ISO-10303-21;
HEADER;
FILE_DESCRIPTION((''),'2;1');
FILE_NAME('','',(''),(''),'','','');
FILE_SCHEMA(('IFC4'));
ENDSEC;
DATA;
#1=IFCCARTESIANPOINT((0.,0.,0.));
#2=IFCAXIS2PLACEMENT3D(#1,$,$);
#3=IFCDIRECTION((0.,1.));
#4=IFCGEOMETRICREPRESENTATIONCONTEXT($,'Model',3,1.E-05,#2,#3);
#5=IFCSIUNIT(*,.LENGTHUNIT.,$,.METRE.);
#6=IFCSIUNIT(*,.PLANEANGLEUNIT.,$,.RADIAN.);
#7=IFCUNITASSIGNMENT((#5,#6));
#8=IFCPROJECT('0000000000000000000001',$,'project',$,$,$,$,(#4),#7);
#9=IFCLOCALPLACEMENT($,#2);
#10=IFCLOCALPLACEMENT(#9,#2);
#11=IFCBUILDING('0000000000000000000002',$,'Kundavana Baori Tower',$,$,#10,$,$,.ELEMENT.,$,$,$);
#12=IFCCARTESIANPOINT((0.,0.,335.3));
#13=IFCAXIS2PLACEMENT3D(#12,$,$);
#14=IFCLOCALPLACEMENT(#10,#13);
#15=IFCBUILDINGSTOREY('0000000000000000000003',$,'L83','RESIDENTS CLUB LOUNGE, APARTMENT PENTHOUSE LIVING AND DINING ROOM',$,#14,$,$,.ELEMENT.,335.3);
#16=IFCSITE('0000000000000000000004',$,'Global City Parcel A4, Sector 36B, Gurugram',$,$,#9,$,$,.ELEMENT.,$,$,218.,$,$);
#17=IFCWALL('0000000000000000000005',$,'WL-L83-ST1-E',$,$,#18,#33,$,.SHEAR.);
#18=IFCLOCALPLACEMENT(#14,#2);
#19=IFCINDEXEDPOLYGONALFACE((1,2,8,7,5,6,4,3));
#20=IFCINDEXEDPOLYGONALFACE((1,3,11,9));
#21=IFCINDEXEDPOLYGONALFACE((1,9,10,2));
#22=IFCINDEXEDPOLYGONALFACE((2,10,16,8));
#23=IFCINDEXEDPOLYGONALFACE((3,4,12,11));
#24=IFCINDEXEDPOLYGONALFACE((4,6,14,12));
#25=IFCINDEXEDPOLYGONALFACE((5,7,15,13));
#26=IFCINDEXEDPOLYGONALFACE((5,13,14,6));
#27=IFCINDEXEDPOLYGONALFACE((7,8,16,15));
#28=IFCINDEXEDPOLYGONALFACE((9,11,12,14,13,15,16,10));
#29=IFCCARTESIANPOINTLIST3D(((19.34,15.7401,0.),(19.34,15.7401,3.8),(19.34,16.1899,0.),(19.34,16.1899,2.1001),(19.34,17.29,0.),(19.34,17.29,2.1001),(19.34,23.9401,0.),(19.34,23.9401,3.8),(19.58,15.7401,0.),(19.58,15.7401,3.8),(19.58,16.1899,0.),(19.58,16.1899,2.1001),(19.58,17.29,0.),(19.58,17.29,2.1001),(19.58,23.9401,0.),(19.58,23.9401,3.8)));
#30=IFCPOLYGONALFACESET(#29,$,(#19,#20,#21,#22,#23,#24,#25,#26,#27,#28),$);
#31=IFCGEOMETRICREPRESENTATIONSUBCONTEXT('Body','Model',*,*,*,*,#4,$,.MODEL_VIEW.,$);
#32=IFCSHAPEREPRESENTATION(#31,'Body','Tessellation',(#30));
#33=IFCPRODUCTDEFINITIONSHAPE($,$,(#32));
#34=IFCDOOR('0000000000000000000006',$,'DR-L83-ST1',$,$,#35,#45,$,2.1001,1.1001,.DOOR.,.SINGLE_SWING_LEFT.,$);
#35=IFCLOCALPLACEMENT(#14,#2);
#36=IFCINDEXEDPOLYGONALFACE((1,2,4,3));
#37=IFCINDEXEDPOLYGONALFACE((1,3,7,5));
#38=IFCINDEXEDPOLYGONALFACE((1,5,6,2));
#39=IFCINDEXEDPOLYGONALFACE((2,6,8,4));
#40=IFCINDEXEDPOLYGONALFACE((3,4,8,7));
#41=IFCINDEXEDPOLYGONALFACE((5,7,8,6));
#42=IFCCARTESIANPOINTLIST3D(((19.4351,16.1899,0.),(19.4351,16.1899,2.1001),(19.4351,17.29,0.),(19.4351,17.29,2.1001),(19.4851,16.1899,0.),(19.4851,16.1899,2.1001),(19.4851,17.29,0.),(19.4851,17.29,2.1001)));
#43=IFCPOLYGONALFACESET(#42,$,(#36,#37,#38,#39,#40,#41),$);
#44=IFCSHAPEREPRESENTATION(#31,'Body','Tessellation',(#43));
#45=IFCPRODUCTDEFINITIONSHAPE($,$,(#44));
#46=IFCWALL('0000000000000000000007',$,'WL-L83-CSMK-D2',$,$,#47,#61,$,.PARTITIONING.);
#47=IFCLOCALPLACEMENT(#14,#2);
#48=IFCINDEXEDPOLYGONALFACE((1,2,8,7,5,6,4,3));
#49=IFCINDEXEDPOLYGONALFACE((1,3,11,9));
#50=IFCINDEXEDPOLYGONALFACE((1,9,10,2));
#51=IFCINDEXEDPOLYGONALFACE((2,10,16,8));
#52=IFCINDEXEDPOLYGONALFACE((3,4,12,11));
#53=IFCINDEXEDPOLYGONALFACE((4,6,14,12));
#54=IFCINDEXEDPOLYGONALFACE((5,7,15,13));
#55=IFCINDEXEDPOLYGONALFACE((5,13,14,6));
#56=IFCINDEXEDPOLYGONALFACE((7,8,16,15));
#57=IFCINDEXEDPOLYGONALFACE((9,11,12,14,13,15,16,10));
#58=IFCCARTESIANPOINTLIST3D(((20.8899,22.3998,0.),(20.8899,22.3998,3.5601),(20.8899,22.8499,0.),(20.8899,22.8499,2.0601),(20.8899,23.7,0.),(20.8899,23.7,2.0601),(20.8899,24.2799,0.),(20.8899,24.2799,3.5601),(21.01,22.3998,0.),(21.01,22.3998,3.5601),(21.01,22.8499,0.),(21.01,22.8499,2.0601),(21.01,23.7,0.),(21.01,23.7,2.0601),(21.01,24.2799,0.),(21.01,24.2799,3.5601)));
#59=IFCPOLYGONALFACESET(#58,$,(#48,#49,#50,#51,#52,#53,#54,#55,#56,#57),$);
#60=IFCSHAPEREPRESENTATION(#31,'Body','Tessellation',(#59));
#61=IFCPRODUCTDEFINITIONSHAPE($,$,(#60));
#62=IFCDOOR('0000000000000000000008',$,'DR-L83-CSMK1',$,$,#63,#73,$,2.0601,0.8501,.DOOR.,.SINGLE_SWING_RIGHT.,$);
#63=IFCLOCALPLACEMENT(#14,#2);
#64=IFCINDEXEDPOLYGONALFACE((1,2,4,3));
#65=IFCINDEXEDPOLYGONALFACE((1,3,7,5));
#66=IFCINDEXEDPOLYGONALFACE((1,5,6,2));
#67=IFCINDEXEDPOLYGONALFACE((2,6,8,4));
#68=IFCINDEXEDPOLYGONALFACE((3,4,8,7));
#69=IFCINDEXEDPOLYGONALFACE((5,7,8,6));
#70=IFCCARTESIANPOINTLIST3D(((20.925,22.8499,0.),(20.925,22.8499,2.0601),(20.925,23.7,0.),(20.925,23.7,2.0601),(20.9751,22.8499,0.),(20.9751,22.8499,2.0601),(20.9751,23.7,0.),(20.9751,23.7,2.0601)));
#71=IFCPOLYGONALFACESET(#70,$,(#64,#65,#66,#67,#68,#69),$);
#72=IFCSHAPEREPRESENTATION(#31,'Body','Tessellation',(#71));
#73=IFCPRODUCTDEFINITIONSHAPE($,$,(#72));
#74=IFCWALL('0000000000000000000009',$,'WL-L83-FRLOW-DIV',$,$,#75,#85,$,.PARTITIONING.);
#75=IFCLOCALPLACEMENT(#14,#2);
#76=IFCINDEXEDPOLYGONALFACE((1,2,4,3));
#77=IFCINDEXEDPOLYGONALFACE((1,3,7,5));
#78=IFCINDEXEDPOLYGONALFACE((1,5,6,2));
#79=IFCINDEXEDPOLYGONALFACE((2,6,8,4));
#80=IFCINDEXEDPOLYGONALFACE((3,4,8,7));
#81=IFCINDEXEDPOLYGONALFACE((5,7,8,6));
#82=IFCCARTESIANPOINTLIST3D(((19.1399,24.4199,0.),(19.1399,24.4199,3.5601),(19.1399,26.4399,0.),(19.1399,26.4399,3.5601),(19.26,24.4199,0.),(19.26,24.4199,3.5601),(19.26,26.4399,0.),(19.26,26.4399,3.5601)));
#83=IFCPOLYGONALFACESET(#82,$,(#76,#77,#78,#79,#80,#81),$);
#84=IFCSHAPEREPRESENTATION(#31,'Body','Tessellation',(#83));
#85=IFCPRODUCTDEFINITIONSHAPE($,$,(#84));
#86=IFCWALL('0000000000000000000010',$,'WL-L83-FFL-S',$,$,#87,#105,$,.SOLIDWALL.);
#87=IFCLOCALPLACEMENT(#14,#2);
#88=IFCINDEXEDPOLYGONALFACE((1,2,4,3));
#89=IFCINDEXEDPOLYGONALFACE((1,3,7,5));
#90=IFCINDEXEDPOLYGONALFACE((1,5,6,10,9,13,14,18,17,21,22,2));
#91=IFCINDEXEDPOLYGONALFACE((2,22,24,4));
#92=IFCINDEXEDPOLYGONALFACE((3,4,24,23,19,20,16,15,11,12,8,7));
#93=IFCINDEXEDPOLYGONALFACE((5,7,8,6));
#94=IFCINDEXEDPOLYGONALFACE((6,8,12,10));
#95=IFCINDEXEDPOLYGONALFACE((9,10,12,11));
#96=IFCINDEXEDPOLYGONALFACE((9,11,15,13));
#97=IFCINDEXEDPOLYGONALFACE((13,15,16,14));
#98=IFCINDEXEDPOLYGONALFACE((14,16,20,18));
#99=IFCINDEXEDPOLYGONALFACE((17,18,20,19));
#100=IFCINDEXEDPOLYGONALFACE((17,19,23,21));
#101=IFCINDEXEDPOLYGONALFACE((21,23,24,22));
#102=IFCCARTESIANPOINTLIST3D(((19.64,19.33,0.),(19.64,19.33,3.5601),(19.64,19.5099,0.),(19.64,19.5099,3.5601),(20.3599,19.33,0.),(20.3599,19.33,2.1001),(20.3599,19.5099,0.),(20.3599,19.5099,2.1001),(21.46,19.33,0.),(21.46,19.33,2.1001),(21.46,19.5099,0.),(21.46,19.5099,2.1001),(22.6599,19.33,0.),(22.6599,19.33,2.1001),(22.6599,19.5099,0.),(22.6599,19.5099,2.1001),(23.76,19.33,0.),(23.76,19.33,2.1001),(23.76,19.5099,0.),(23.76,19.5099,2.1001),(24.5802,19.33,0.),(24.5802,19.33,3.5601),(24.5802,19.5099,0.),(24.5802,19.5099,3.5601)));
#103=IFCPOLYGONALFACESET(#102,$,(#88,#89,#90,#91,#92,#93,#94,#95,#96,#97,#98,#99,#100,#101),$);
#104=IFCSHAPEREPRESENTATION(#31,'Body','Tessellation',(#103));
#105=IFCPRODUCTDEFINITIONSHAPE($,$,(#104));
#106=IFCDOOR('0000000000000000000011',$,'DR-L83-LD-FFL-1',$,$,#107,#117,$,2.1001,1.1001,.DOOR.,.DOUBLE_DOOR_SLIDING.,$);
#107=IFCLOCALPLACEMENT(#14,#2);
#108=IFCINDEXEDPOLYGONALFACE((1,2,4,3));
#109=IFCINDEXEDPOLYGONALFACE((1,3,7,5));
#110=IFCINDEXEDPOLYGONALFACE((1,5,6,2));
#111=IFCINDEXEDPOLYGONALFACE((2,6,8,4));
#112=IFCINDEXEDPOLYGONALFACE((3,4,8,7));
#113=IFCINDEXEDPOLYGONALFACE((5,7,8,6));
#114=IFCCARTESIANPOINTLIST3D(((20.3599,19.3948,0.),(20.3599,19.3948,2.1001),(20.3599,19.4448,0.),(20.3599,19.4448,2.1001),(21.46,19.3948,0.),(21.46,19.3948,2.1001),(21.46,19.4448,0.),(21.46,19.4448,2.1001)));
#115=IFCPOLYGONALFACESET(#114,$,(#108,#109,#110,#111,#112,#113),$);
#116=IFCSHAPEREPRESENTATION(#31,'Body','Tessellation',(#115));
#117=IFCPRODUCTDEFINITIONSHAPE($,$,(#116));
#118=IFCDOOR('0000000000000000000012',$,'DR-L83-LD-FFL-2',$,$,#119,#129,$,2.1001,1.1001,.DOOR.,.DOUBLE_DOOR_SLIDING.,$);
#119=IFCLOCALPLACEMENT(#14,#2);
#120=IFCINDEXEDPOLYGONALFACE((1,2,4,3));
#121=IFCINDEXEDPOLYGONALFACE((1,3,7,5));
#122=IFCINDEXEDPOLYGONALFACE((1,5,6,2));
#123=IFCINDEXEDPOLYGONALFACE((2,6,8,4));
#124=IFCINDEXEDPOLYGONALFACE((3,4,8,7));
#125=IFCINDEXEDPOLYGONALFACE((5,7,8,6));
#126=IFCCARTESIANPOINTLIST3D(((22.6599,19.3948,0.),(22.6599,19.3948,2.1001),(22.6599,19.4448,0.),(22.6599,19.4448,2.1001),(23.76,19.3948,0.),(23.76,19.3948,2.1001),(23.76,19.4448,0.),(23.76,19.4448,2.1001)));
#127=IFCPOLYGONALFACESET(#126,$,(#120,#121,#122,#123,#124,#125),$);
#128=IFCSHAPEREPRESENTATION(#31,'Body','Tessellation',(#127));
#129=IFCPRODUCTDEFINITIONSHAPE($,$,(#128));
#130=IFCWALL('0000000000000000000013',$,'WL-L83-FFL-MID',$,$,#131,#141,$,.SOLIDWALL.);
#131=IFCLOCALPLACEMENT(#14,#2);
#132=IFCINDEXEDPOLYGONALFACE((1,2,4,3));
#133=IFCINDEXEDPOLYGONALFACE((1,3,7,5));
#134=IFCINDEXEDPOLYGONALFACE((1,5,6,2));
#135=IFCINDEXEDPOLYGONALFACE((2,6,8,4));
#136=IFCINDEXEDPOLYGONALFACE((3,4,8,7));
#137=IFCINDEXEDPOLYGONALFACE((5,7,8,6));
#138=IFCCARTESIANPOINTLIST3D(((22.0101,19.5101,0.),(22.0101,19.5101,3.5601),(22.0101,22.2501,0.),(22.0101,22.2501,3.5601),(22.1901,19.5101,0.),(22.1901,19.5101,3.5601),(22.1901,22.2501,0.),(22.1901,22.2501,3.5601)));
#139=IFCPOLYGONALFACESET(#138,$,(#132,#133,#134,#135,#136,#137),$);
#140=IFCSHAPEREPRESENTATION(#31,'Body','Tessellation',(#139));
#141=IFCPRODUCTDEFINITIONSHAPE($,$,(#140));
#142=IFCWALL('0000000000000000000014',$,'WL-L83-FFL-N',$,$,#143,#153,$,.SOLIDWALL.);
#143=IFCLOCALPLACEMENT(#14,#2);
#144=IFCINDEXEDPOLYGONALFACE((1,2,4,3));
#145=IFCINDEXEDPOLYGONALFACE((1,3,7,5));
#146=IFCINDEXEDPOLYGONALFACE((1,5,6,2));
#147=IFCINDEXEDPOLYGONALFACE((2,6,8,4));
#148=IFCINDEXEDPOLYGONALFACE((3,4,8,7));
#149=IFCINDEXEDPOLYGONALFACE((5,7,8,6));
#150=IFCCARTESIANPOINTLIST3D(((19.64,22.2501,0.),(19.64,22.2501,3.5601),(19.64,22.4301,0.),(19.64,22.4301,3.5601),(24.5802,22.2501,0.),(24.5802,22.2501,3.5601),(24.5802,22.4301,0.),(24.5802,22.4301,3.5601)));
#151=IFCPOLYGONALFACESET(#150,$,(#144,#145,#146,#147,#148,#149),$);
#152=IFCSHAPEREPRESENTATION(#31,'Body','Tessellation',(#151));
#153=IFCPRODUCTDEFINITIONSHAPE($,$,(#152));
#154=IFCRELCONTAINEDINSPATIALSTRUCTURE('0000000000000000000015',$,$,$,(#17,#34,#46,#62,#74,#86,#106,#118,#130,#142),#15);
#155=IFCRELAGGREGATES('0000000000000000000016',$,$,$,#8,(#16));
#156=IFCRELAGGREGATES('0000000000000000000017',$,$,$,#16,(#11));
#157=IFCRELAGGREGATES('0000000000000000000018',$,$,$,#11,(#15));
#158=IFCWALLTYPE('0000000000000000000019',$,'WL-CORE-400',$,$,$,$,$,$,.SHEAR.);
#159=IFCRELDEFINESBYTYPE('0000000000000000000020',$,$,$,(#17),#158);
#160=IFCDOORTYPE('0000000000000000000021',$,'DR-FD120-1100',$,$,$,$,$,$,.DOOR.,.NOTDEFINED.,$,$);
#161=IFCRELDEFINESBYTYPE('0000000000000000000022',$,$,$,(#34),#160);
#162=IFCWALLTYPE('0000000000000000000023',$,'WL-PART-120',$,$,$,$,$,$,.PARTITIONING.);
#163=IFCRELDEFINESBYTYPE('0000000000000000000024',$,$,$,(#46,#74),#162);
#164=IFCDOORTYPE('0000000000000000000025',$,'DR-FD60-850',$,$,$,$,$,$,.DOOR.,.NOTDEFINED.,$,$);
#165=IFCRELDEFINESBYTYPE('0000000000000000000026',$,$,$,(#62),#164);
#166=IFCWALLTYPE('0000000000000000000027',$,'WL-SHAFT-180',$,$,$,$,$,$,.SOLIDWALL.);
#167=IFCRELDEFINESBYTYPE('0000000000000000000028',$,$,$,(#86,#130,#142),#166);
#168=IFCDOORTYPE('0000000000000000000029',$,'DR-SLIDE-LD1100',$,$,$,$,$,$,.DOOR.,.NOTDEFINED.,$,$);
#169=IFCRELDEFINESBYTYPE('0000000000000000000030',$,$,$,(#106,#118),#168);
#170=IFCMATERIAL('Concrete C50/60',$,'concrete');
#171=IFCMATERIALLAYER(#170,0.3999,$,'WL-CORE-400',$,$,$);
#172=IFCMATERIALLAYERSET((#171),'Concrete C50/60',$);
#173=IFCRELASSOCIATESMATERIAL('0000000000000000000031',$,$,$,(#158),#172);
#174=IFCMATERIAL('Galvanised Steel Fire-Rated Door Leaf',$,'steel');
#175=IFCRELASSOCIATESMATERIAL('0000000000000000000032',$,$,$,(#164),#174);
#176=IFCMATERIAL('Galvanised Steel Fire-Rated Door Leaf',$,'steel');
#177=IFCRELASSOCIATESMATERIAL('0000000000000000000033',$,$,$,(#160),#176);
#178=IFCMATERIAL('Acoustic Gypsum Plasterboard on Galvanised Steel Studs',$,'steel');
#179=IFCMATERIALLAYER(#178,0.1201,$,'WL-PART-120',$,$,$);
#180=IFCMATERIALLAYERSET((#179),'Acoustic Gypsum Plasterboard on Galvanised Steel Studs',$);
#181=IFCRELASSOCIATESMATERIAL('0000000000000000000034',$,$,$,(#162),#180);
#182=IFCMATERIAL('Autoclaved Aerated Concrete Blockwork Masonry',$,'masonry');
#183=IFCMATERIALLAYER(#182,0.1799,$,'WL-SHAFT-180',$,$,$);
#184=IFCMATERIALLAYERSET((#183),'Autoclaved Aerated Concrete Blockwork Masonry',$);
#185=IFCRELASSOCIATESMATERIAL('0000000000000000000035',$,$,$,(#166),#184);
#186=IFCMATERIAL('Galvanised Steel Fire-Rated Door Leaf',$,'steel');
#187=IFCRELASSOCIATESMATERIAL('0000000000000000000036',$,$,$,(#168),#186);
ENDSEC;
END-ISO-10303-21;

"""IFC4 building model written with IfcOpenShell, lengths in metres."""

from ifc_helpers import new_model, si_unit, direction, frame, frame_2d, origin, place, context, subcontext, project, spatial, rectangle, extrude, material, layer, layer_set, type_object, element, fill, save


model = new_model("IFC4")

# Units and contexts
model_context = context("Model", 3, precision=1e-05, world=origin(), true_north=direction((0.0, 1.0)))
body_context = subcontext(model_context, "Body", "Model", "MODEL_VIEW")
ifc_project = project(units=[si_unit("LENGTHUNIT", "METRE"), si_unit("PLANEANGLEUNIT", "RADIAN")], contexts=[model_context])

# Site, building, storey
site_placement = place(None, origin())
site = spatial("IfcSite", under=ifc_project, at=site_placement, Name="Global City Parcel A4, Sector 36B, Gurugram", CompositionType="ELEMENT", RefElevation=218.0)
building_placement = place(site_placement, origin())
building = spatial("IfcBuilding", under=site, at=building_placement, Name="Kundavana Baori Tower", CompositionType="ELEMENT")
storey_placement = place(building_placement, frame((0.0, 0.0, 335.3)))
storey = spatial("IfcBuildingStorey", under=building, at=storey_placement, Name="L83", Description="RESIDENTS CLUB LOUNGE, APARTMENT PENTHOUSE LIVING AND DINING ROOM", CompositionType="ELEMENT", Elevation=335.3)

# Shared definitions
ifc_material_1 = material(Name="Concrete C50/60", Category="concrete")
ifc_layer_1 = layer(ifc_material_1, 0.3999, Name="WL-CORE-400")
ifc_layer_set_1 = layer_set([ifc_layer_1], Name="Concrete C50/60")
wall_type_1 = type_object("IfcWallType", Name="WL-CORE-400", PredefinedType="SHEAR", material=ifc_layer_set_1)
ifc_material_2 = material(Name="Galvanised Steel Fire-Rated Door Leaf", Category="steel")
door_type_1 = type_object("IfcDoorType", Name="DR-FD60-850", OperationType="NOTDEFINED", PredefinedType="DOOR", material=ifc_material_2)

# Walls, openings, doors
wall_1_placement = place(storey_placement, frame((19.46, 15.74, 0.0), z_axis=(0.0, 0.0, 1.0), x_axis=(0.0, 1.0, 0.0)))
wall_1 = element("IfcWall", 1, at=wall_1_placement, inside=storey, type_object=wall_type_1, Name="WL-L83-ST1-E", PredefinedType="SHEAR", context=body_context, shape_type="SweptSolid", body=[
    extrude(rectangle(XDim=8.2, YDim=0.24, at=frame_2d((4.1001, 0.0))), origin(), (0.0, 0.0, 1.0), 3.8),
])
opening_1_placement = place(wall_1_placement, frame((0.45, 0.0, 0.0)))
opening_1 = element("IfcOpeningElement", 2, at=opening_1_placement, cuts=wall_1, PredefinedType="OPENING", context=body_context, shape_type="SweptSolid", body=[
    extrude(rectangle(XDim=1.1001, YDim=2.1001, at=frame_2d((0.55, 1.05))), frame((0.0, 0.1299, 0.0), z_axis=(0.0, -1.0, 0.0), x_axis=(1.0, 0.0, 0.0)), (0.0, 0.0, 1.0), 0.26),
])
ifc_material_3 = material(Name="Galvanised Steel Fire-Rated Door Leaf", Category="steel")
door_type_2 = type_object("IfcDoorType", Name="DR-FD120-1100", OperationType="NOTDEFINED", PredefinedType="DOOR", material=ifc_material_3)
door_1_placement = place(opening_1_placement, origin())
door_1 = element("IfcDoor", 3, at=door_1_placement, inside=storey, type_object=door_type_2, Name="DR-L83-ST1", OperationType="SINGLE_SWING_LEFT", OverallHeight=2.1001, OverallWidth=1.1001, PredefinedType="DOOR", context=body_context, shape_type="SweptSolid", body=[
    extrude(rectangle(XDim=1.1001, YDim=2.1001, at=frame_2d((0.55, 1.05))), frame((0.0, 0.0249, 0.0), z_axis=(0.0, -1.0, 0.0), x_axis=(1.0, 0.0, 0.0)), (0.0, 0.0, 1.0), 0.05),
])
fill(opening_1, door_1)
ifc_material_4 = material(Name="Acoustic Gypsum Plasterboard on Galvanised Steel Studs", Category="steel")
ifc_layer_2 = layer(ifc_material_4, 0.1201, Name="WL-PART-120")
ifc_layer_set_2 = layer_set([ifc_layer_2], Name="Acoustic Gypsum Plasterboard on Galvanised Steel Studs")
wall_type_2 = type_object("IfcWallType", Name="WL-PART-120", PredefinedType="PARTITIONING", material=ifc_layer_set_2)
wall_2_placement = place(storey_placement, frame((20.95, 22.3999, 0.0), z_axis=(0.0, 0.0, 1.0), x_axis=(0.0, 1.0, 0.0)))
wall_2 = element("IfcWall", 4, at=wall_2_placement, inside=storey, type_object=wall_type_2, Name="WL-L83-CSMK-D2", PredefinedType="PARTITIONING", context=body_context, shape_type="SweptSolid", body=[
    extrude(rectangle(XDim=1.8801, YDim=0.1201, at=frame_2d((0.9399, 0.0))), origin(), (0.0, 0.0, 1.0), 3.5601),
])
opening_2_placement = place(wall_2_placement, frame((0.45, 0.0, 0.0)))
opening_2 = element("IfcOpeningElement", 5, at=opening_2_placement, cuts=wall_2, PredefinedType="OPENING", context=body_context, shape_type="SweptSolid", body=[
    extrude(rectangle(XDim=0.8501, YDim=2.0601, at=frame_2d((0.425, 1.03))), frame((0.0, 0.0701, 0.0), z_axis=(0.0, -1.0, 0.0), x_axis=(1.0, 0.0, 0.0)), (0.0, 0.0, 1.0), 0.1401),
])
door_2_placement = place(opening_2_placement, origin())
door_2 = element("IfcDoor", 6, at=door_2_placement, inside=storey, type_object=door_type_1, Name="DR-L83-CSMK1", OperationType="SINGLE_SWING_RIGHT", OverallHeight=2.0601, OverallWidth=0.8501, PredefinedType="DOOR", context=body_context, shape_type="SweptSolid", body=[
    extrude(rectangle(XDim=0.8501, YDim=2.0601, at=frame_2d((0.425, 1.03))), frame((0.0, 0.0249, 0.0), z_axis=(0.0, -1.0, 0.0), x_axis=(1.0, 0.0, 0.0)), (0.0, 0.0, 1.0), 0.05),
])
fill(opening_2, door_2)

# Wall
wall_3_placement = place(storey_placement, frame((19.2, 24.4199, 0.0), z_axis=(0.0, 0.0, 1.0), x_axis=(0.0, 1.0, 0.0)))
element("IfcWall", 7, at=wall_3_placement, inside=storey, type_object=wall_type_2, Name="WL-L83-FRLOW-DIV", PredefinedType="PARTITIONING", context=body_context, shape_type="SweptSolid", body=[
    extrude(rectangle(XDim=2.02, YDim=0.1201, at=frame_2d((1.01, 0.0))), origin(), (0.0, 0.0, 1.0), 3.5601),
])

# Wall, openings, doors
ifc_material_5 = material(Name="Autoclaved Aerated Concrete Blockwork Masonry", Category="masonry")
ifc_layer_3 = layer(ifc_material_5, 0.1799, Name="WL-SHAFT-180")
ifc_layer_set_3 = layer_set([ifc_layer_3], Name="Autoclaved Aerated Concrete Blockwork Masonry")
wall_type_3 = type_object("IfcWallType", Name="WL-SHAFT-180", PredefinedType="SOLIDWALL", material=ifc_layer_set_3)
wall_4_placement = place(storey_placement, frame((19.6399, 19.4199, 0.0), z_axis=(0.0, 0.0, 1.0), x_axis=(1.0, 0.0, 0.0)))
wall_4 = element("IfcWall", 8, at=wall_4_placement, inside=storey, type_object=wall_type_3, Name="WL-L83-FFL-S", PredefinedType="SOLIDWALL", context=body_context, shape_type="SweptSolid", body=[
    extrude(rectangle(XDim=4.9402, YDim=0.1799, at=frame_2d((2.4702, 0.0))), origin(), (0.0, 0.0, 1.0), 3.5601),
])
opening_3_placement = place(wall_4_placement, frame((0.72, 0.0, 0.0)))
opening_3 = element("IfcOpeningElement", 9, at=opening_3_placement, cuts=wall_4, PredefinedType="OPENING", context=body_context, shape_type="SweptSolid", body=[
    extrude(rectangle(XDim=1.1001, YDim=2.1001, at=frame_2d((0.55, 1.05))), frame((0.0, 0.1001, 0.0), z_axis=(0.0, -1.0, 0.0), x_axis=(1.0, 0.0, 0.0)), (0.0, 0.0, 1.0), 0.2),
])
opening_4_placement = place(wall_4_placement, frame((3.02, 0.0, 0.0)))
opening_4 = element("IfcOpeningElement", 10, at=opening_4_placement, cuts=wall_4, PredefinedType="OPENING", context=body_context, shape_type="SweptSolid", body=[
    extrude(rectangle(XDim=1.1001, YDim=2.1001, at=frame_2d((0.55, 1.05))), frame((0.0, 0.1001, 0.0), z_axis=(0.0, -1.0, 0.0), x_axis=(1.0, 0.0, 0.0)), (0.0, 0.0, 1.0), 0.2),
])
ifc_material_6 = material(Name="Galvanised Steel Fire-Rated Door Leaf", Category="steel")
door_type_3 = type_object("IfcDoorType", Name="DR-SLIDE-LD1100", OperationType="NOTDEFINED", PredefinedType="DOOR", material=ifc_material_6)
door_3_placement = place(opening_3_placement, origin())
door_3 = element("IfcDoor", 11, at=door_3_placement, inside=storey, type_object=door_type_3, Name="DR-L83-LD-FFL-1", OperationType="DOUBLE_DOOR_SLIDING", OverallHeight=2.1001, OverallWidth=1.1001, PredefinedType="DOOR", context=body_context, shape_type="SweptSolid", body=[
    extrude(rectangle(XDim=1.1001, YDim=2.1001, at=frame_2d((0.55, 1.05))), frame((0.0, 0.0249, 0.0), z_axis=(0.0, -1.0, 0.0), x_axis=(1.0, 0.0, 0.0)), (0.0, 0.0, 1.0), 0.05),
])
fill(opening_3, door_3)
door_4_placement = place(opening_4_placement, origin())
door_4 = element("IfcDoor", 12, at=door_4_placement, inside=storey, type_object=door_type_3, Name="DR-L83-LD-FFL-2", OperationType="DOUBLE_DOOR_SLIDING", OverallHeight=2.1001, OverallWidth=1.1001, PredefinedType="DOOR", context=body_context, shape_type="SweptSolid", body=[
    extrude(rectangle(XDim=1.1001, YDim=2.1001, at=frame_2d((0.55, 1.05))), frame((0.0, 0.0249, 0.0), z_axis=(0.0, -1.0, 0.0), x_axis=(1.0, 0.0, 0.0)), (0.0, 0.0, 1.0), 0.05),
])
fill(opening_4, door_4)

# Walls
wall_5_placement = place(storey_placement, frame((22.1001, 19.51, 0.0), z_axis=(0.0, 0.0, 1.0), x_axis=(0.0, 1.0, 0.0)))
element("IfcWall", 13, at=wall_5_placement, inside=storey, type_object=wall_type_3, Name="WL-L83-FFL-MID", PredefinedType="SOLIDWALL", context=body_context, shape_type="SweptSolid", body=[
    extrude(rectangle(XDim=2.74, YDim=0.1799, at=frame_2d((1.3701, 0.0))), origin(), (0.0, 0.0, 1.0), 3.5601),
])
wall_6_placement = place(storey_placement, frame((19.6399, 22.3401, 0.0), z_axis=(0.0, 0.0, 1.0), x_axis=(1.0, 0.0, 0.0)))
element("IfcWall", 14, at=wall_6_placement, inside=storey, type_object=wall_type_3, Name="WL-L83-FFL-N", PredefinedType="SOLIDWALL", context=body_context, shape_type="SweptSolid", body=[
    extrude(rectangle(XDim=4.9402, YDim=0.1799, at=frame_2d((2.4702, 0.0))), origin(), (0.0, 0.0, 1.0), 3.5601),
])

save(model, "model.ifc")
